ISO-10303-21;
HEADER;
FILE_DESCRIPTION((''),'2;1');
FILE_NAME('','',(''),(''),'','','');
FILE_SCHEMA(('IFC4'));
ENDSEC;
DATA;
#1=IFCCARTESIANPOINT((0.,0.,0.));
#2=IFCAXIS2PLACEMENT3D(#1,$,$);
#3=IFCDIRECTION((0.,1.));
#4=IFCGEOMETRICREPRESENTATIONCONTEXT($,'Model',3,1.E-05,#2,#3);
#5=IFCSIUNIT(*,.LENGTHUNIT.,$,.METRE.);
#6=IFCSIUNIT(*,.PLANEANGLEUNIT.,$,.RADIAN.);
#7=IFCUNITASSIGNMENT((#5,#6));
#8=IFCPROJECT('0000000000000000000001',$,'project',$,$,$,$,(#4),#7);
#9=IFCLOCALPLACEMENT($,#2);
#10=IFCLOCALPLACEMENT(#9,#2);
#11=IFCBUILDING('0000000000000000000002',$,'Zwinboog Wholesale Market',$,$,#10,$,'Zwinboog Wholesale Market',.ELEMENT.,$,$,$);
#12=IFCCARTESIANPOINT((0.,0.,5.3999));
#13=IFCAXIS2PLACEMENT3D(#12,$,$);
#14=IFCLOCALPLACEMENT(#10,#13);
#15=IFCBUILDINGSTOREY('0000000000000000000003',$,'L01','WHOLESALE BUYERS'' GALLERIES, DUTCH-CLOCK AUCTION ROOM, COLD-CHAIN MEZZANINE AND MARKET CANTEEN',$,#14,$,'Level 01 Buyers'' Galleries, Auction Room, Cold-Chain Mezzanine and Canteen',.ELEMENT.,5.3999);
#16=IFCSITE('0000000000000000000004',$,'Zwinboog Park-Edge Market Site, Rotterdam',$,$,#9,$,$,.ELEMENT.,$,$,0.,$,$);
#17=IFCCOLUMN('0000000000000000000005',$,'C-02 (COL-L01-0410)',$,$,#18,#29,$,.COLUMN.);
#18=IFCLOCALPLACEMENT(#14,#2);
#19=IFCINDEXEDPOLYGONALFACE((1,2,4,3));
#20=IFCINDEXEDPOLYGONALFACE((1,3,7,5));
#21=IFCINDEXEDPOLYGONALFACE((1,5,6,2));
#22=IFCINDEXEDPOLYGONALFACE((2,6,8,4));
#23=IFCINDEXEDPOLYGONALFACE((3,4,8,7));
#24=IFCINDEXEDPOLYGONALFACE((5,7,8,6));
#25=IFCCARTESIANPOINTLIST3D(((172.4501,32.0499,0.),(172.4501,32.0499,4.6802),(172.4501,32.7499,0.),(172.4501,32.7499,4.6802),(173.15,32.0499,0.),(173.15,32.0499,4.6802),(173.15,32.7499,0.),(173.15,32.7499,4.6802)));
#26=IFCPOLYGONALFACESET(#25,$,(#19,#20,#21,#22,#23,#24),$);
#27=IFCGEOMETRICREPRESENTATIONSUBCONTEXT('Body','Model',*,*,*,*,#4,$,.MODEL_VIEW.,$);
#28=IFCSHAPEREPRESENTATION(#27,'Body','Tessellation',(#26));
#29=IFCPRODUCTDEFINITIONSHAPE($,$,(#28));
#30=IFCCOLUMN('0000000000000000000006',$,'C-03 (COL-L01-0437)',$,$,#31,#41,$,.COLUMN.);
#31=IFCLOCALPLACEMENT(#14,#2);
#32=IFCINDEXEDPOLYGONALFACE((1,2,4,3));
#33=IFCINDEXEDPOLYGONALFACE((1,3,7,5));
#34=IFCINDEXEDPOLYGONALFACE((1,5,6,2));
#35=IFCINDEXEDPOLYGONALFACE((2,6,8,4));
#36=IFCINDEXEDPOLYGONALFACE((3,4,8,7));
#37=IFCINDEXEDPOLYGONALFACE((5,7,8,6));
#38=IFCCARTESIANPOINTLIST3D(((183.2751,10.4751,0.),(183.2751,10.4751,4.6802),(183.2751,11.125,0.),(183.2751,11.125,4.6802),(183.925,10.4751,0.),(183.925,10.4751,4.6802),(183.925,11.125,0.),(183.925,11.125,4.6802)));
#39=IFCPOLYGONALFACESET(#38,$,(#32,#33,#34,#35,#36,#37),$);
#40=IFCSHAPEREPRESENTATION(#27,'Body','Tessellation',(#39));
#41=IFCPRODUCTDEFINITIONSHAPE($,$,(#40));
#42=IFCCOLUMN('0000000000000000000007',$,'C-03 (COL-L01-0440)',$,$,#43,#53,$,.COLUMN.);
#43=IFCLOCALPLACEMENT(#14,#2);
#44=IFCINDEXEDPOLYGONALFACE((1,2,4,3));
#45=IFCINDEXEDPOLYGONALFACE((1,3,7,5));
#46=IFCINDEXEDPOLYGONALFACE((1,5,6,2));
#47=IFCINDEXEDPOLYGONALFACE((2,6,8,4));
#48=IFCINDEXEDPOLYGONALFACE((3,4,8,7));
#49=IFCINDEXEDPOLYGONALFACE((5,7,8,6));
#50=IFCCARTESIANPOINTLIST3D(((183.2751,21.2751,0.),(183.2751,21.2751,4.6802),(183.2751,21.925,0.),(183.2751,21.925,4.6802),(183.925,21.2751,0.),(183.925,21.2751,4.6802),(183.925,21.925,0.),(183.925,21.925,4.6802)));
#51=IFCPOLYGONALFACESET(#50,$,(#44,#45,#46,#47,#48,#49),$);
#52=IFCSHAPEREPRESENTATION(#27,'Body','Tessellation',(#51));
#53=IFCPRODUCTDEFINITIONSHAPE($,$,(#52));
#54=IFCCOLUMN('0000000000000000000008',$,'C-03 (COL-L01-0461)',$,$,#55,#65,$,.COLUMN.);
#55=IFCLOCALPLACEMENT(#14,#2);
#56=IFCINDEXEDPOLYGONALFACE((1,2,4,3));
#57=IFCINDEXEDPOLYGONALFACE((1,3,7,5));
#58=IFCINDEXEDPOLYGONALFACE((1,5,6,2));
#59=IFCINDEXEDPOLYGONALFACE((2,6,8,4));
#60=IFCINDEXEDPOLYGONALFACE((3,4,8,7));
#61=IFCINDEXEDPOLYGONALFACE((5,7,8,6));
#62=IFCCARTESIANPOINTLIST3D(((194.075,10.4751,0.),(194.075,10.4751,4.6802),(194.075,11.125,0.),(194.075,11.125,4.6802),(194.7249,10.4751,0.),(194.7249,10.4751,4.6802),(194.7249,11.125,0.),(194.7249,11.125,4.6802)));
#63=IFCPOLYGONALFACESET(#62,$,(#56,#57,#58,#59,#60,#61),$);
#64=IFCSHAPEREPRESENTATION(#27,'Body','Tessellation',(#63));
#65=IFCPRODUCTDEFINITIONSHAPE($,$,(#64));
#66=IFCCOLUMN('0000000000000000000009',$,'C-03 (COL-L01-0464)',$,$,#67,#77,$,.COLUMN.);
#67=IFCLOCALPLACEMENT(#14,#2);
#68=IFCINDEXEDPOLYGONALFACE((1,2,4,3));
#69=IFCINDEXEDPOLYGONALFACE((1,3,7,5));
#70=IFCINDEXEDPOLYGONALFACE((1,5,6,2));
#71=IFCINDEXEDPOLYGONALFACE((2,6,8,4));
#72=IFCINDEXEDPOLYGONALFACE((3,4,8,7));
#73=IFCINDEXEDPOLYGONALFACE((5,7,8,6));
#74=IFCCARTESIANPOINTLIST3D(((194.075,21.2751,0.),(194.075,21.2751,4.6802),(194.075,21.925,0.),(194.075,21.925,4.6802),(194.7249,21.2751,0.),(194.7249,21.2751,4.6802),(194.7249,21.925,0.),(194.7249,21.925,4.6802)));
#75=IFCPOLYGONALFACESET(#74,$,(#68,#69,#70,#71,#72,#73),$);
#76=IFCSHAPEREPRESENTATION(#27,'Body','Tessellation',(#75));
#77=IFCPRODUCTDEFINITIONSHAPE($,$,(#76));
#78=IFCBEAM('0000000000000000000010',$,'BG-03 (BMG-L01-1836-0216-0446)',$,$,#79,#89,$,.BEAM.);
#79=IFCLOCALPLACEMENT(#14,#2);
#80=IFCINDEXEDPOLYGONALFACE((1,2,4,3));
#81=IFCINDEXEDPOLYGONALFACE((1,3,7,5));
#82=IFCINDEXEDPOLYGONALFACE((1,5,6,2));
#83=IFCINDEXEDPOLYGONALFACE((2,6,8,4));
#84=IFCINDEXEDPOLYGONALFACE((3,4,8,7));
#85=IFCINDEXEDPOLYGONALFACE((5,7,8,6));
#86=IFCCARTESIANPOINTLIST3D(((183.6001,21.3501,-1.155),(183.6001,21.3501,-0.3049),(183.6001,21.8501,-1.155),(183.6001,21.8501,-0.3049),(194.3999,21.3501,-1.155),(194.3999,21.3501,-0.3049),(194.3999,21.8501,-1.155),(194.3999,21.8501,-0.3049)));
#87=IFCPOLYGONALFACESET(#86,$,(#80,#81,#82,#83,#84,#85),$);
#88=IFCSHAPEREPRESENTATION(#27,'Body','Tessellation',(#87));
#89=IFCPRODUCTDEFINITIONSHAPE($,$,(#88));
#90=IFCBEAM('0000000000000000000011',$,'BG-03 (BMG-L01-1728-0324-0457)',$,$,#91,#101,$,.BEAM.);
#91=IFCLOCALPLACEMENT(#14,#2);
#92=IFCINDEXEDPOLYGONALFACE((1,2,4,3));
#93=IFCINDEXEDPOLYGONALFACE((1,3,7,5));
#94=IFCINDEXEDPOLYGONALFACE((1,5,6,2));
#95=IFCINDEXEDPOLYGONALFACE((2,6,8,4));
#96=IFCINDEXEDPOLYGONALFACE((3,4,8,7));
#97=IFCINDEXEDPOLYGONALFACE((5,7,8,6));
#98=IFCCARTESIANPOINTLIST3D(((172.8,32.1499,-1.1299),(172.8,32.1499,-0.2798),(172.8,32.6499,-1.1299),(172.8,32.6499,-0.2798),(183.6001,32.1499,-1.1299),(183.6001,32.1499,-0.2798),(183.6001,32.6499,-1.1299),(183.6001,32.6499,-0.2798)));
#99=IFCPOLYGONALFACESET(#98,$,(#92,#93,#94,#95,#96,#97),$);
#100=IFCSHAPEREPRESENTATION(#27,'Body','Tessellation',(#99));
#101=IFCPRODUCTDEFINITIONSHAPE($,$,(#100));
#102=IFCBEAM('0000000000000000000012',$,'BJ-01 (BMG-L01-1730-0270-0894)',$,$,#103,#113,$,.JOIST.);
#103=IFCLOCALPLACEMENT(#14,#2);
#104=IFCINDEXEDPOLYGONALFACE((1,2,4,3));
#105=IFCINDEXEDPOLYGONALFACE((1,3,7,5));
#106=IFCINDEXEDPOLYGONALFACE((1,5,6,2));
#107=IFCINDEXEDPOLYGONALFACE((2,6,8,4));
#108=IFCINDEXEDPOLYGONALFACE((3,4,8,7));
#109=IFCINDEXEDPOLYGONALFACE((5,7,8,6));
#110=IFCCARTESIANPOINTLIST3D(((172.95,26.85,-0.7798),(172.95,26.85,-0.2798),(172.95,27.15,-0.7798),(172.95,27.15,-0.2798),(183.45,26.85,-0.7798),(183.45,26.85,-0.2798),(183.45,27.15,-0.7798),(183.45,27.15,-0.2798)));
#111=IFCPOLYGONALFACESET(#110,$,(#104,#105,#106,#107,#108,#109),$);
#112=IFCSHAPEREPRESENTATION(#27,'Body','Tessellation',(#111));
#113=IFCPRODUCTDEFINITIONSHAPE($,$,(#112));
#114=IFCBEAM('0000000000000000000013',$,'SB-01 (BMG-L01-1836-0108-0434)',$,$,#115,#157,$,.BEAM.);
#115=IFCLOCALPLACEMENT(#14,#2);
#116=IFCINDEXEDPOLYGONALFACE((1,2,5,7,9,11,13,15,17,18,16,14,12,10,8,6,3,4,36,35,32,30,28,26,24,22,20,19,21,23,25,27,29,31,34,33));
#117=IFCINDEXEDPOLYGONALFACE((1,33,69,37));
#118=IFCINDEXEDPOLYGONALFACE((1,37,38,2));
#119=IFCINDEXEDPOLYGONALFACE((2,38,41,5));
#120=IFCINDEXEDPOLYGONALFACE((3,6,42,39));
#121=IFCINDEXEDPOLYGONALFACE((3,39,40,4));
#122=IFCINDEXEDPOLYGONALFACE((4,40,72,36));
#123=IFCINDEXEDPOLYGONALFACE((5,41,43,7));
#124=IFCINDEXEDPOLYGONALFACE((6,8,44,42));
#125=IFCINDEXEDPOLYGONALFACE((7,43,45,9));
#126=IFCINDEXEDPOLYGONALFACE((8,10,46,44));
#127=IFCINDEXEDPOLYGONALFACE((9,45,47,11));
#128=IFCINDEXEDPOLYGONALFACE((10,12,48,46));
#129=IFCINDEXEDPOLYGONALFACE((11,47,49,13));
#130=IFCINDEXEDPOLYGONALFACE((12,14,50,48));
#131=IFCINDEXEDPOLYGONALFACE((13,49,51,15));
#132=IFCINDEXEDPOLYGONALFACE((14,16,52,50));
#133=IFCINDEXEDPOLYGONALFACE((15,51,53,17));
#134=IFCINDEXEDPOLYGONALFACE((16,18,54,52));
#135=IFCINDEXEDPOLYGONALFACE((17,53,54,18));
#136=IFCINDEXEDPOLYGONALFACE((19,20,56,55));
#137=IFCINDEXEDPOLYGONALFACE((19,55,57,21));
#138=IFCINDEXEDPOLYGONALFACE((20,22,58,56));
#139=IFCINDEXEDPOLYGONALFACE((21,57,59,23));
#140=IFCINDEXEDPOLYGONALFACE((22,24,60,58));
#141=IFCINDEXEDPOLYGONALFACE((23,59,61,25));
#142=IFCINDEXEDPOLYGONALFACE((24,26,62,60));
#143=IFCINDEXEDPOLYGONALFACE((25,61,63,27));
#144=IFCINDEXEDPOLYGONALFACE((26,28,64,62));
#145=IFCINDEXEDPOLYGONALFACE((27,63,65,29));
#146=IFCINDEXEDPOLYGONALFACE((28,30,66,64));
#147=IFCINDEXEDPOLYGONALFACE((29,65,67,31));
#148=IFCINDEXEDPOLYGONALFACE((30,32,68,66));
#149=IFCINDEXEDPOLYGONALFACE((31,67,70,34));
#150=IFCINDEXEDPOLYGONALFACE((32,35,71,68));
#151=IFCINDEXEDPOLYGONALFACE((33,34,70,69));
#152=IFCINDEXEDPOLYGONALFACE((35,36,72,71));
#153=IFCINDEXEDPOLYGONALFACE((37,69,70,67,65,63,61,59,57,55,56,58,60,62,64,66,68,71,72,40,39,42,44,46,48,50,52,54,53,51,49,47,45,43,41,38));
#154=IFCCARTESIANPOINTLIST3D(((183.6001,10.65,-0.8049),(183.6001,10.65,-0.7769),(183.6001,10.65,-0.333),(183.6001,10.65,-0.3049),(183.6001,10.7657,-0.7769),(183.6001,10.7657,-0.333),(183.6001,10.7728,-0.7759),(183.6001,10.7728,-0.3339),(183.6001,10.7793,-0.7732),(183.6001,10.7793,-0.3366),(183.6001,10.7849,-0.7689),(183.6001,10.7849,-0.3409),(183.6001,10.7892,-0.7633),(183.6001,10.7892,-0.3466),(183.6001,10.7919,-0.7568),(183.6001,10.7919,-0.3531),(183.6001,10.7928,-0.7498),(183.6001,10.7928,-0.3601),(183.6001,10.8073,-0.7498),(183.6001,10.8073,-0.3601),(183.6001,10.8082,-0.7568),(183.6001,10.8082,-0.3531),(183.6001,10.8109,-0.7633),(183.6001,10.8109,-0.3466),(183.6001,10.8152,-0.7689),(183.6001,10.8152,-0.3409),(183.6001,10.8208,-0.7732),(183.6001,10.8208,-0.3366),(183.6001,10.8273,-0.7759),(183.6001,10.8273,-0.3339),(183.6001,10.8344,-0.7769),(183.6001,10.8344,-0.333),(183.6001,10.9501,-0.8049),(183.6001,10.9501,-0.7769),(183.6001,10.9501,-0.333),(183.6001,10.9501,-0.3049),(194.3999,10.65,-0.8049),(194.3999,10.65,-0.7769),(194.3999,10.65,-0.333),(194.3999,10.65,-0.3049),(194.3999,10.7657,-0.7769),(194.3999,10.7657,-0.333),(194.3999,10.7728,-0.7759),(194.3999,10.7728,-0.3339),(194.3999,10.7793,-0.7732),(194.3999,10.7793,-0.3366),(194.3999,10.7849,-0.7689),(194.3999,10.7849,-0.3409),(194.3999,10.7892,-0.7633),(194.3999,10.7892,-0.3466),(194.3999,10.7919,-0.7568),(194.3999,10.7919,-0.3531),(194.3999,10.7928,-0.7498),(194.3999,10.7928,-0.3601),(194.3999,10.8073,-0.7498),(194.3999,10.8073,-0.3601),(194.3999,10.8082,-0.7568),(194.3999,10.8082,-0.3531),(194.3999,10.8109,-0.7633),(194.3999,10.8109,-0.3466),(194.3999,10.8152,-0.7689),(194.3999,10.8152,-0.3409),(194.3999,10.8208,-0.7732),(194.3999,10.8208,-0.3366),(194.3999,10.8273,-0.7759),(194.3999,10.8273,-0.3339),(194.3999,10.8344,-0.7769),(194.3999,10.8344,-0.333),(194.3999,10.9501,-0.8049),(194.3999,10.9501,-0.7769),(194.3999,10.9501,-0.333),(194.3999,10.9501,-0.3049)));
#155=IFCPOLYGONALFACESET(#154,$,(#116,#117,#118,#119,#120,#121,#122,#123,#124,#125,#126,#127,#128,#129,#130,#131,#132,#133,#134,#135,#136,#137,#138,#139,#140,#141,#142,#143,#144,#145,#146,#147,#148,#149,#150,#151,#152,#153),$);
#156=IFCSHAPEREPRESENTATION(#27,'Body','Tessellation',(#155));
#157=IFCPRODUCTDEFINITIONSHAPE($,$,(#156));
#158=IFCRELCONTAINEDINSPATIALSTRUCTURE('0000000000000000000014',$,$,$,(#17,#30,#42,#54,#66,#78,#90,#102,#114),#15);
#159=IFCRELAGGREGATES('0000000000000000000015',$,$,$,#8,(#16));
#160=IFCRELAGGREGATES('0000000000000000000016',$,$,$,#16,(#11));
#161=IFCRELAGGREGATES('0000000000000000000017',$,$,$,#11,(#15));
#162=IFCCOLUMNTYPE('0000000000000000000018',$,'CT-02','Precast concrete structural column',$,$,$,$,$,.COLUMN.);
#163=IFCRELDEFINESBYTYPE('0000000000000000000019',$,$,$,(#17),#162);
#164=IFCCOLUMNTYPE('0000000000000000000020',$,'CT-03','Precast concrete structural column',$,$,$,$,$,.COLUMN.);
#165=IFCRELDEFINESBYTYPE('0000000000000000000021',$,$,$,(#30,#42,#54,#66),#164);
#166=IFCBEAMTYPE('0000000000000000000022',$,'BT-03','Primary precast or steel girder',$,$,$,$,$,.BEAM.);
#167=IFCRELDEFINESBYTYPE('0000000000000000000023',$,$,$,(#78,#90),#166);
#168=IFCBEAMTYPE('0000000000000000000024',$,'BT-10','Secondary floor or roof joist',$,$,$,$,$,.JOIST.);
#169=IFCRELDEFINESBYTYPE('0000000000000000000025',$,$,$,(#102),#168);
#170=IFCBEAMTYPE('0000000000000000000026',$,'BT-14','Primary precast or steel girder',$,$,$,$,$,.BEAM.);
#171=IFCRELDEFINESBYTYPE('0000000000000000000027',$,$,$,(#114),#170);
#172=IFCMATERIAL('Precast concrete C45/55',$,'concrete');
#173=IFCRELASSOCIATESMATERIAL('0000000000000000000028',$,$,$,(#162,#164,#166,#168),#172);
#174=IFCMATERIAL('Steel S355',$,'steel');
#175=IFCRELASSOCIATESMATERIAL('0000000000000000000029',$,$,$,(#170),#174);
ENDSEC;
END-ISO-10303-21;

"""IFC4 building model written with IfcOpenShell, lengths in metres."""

from ifc_helpers import new_model, si_unit, direction, frame, origin, origin_2d, place, context, subcontext, project, spatial, rectangle, i_section, extrude, material, material_profile, profile_set, type_object, element, save


model = new_model("IFC4")

# Units and contexts
model_context = context("Model", 3, precision=1e-05, world=origin(), true_north=direction((0.0, 1.0)))
body_context = subcontext(model_context, "Body", "Model", "MODEL_VIEW")
ifc_project = project(units=[si_unit("LENGTHUNIT", "METRE"), si_unit("PLANEANGLEUNIT", "RADIAN")], contexts=[model_context])

# Site, building, storey
site_placement = place(None, origin())
site = spatial("IfcSite", under=ifc_project, at=site_placement, Name="Zwinboog Park-Edge Market Site, Rotterdam", CompositionType="ELEMENT", RefElevation=0.0)
building_placement = place(site_placement, origin())
building = spatial("IfcBuilding", under=site, at=building_placement, Name="Zwinboog Wholesale Market", LongName="Zwinboog Wholesale Market", CompositionType="ELEMENT")
storey_placement = place(building_placement, frame((0.0, 0.0, 5.3999)))
storey = spatial("IfcBuildingStorey", under=building, at=storey_placement, Name="L01", Description="WHOLESALE BUYERS' GALLERIES, DUTCH-CLOCK AUCTION ROOM, COLD-CHAIN MEZZANINE AND MARKET CANTEEN", LongName="Level 01 Buyers' Galleries, Auction Room, Cold-Chain Mezzanine and Canteen", CompositionType="ELEMENT", Elevation=5.3999)

# Columns
ifc_material_1 = material(Name="Precast concrete C45/55", Category="concrete")
ifc_material_profile_1 = material_profile(ifc_material_1, rectangle(XDim=0.7, YDim=0.7, at=origin_2d()), Name="PC 700x700")
ifc_profile_set_1 = profile_set([ifc_material_profile_1], Name="Precast concrete C45/55")
column_type_1 = type_object("IfcColumnType", Name="CT-02", Description="Precast concrete structural column", PredefinedType="COLUMN", material=ifc_profile_set_1)
column_placement = place(storey_placement, frame((172.8, 32.3999, 0.0), z_axis=(0.0, 0.0, 1.0), x_axis=(1.0, 0.0, 0.0)))
element("IfcColumn", 1, at=column_placement, inside=storey, type_object=column_type_1, Name="C-02 (COL-L01-0410)", PredefinedType="COLUMN", context=body_context, shape_type="SweptSolid", body=[
    extrude(rectangle(XDim=0.7, YDim=0.7, at=origin_2d()), origin(), (0.0, 0.0, 1.0), 4.6802),
])
ifc_material_profile_2 = material_profile(ifc_material_1, rectangle(XDim=0.6499, YDim=0.6499, at=origin_2d()), Name="PC 650x650")
ifc_profile_set_2 = profile_set([ifc_material_profile_2], Name="Precast concrete C45/55")
column_type_2 = type_object("IfcColumnType", Name="CT-03", Description="Precast concrete structural column", PredefinedType="COLUMN", material=ifc_profile_set_2)
for number, where, z_axis, x_axis, name in (
    (2, (183.6001, 10.8, 0.0), (0.0, 0.0, 1.0), (1.0, 0.0, 0.0), "C-03 (COL-L01-0437)"),
    (3, (183.6001, 21.6001, 0.0), (0.0, 0.0, 1.0), (1.0, 0.0, 0.0), "C-03 (COL-L01-0440)"),
    (4, (194.3999, 10.8, 0.0), (0.0, 0.0, 1.0), (1.0, 0.0, 0.0), "C-03 (COL-L01-0461)"),
    (5, (194.3999, 21.6001, 0.0), (0.0, 0.0, 1.0), (1.0, 0.0, 0.0), "C-03 (COL-L01-0464)"),
):
    element("IfcColumn", number, at=place(storey_placement, frame(where, z_axis=z_axis, x_axis=x_axis)), inside=storey, type_object=column_type_2, Name=name, PredefinedType="COLUMN", context=body_context, shape_type="SweptSolid", body=[
        extrude(rectangle(XDim=0.6499, YDim=0.6499, at=origin_2d()), origin(), (0.0, 0.0, 1.0), 4.6802),
    ])

# Beams
ifc_material_profile_3 = material_profile(ifc_material_1, rectangle(XDim=0.5, YDim=0.8501, at=origin_2d()), Name="PC 500x850")
ifc_profile_set_3 = profile_set([ifc_material_profile_3], Name="Precast concrete C45/55")
beam_type_1 = type_object("IfcBeamType", Name="BT-03", Description="Primary precast or steel girder", PredefinedType="BEAM", material=ifc_profile_set_3)
beam_1_placement = place(storey_placement, frame((183.6001, 21.6001, -0.73), z_axis=(1.0, 0.0, 0.0), x_axis=(0.0, 1.0, 0.0)))
element("IfcBeam", 6, at=beam_1_placement, inside=storey, type_object=beam_type_1, Name="BG-03 (BMG-L01-1836-0216-0446)", PredefinedType="BEAM", context=body_context, shape_type="SweptSolid", body=[
    extrude(rectangle(XDim=0.5, YDim=0.8501, at=origin_2d()), origin(), (0.0, 0.0, 1.0), 10.7998),
])
beam_2_placement = place(storey_placement, frame((172.8, 32.3999, -0.7048), z_axis=(1.0, 0.0, 0.0), x_axis=(0.0, 1.0, 0.0)))
element("IfcBeam", 7, at=beam_2_placement, inside=storey, type_object=beam_type_1, Name="BG-03 (BMG-L01-1728-0324-0457)", PredefinedType="BEAM", context=body_context, shape_type="SweptSolid", body=[
    extrude(rectangle(XDim=0.5, YDim=0.8501, at=origin_2d()), origin(), (0.0, 0.0, 1.0), 10.8),
])
ifc_material_profile_4 = material_profile(ifc_material_1, rectangle(XDim=0.3, YDim=0.5, at=origin_2d()), Name="PC 300x500")
ifc_profile_set_4 = profile_set([ifc_material_profile_4], Name="Precast concrete C45/55")
beam_type_2 = type_object("IfcBeamType", Name="BT-10", Description="Secondary floor or roof joist", PredefinedType="JOIST", material=ifc_profile_set_4)
beam_3_placement = place(storey_placement, frame((172.95, 27.0, -0.5298), z_axis=(1.0, 0.0, 0.0), x_axis=(0.0, 1.0, 0.0)))
element("IfcBeam", 8, at=beam_3_placement, inside=storey, type_object=beam_type_2, Name="BJ-01 (BMG-L01-1730-0270-0894)", PredefinedType="JOIST", context=body_context, shape_type="SweptSolid", body=[
    extrude(rectangle(XDim=0.3, YDim=0.5, at=origin_2d()), origin(), (0.0, 0.0, 1.0), 10.5),
])
ifc_material_2 = material(Name="Steel S355", Category="steel")
ifc_material_profile_5 = material_profile(ifc_material_2, i_section(OverallWidth=0.3, OverallDepth=0.5, WebThickness=0.0144, FlangeThickness=0.0281, FilletRadius=0.0271, at=origin_2d()), Name="HEB 500")
ifc_profile_set_5 = profile_set([ifc_material_profile_5], Name="Steel S355")
beam_type_3 = type_object("IfcBeamType", Name="BT-14", Description="Primary precast or steel girder", PredefinedType="BEAM", material=ifc_profile_set_5)
beam_4_placement = place(storey_placement, frame((183.6001, 10.8, -0.5549), z_axis=(1.0, 0.0, 0.0), x_axis=(0.0, 1.0, 0.0)))
element("IfcBeam", 9, at=beam_4_placement, inside=storey, type_object=beam_type_3, Name="SB-01 (BMG-L01-1836-0108-0434)", PredefinedType="BEAM", context=body_context, shape_type="SweptSolid", body=[
    extrude(i_section(OverallWidth=0.3, OverallDepth=0.5, WebThickness=0.0144, FlangeThickness=0.0281, FilletRadius=0.0271, at=origin_2d()), origin(), (0.0, 0.0, 1.0), 10.7998),
])

save(model, "model.ifc")
